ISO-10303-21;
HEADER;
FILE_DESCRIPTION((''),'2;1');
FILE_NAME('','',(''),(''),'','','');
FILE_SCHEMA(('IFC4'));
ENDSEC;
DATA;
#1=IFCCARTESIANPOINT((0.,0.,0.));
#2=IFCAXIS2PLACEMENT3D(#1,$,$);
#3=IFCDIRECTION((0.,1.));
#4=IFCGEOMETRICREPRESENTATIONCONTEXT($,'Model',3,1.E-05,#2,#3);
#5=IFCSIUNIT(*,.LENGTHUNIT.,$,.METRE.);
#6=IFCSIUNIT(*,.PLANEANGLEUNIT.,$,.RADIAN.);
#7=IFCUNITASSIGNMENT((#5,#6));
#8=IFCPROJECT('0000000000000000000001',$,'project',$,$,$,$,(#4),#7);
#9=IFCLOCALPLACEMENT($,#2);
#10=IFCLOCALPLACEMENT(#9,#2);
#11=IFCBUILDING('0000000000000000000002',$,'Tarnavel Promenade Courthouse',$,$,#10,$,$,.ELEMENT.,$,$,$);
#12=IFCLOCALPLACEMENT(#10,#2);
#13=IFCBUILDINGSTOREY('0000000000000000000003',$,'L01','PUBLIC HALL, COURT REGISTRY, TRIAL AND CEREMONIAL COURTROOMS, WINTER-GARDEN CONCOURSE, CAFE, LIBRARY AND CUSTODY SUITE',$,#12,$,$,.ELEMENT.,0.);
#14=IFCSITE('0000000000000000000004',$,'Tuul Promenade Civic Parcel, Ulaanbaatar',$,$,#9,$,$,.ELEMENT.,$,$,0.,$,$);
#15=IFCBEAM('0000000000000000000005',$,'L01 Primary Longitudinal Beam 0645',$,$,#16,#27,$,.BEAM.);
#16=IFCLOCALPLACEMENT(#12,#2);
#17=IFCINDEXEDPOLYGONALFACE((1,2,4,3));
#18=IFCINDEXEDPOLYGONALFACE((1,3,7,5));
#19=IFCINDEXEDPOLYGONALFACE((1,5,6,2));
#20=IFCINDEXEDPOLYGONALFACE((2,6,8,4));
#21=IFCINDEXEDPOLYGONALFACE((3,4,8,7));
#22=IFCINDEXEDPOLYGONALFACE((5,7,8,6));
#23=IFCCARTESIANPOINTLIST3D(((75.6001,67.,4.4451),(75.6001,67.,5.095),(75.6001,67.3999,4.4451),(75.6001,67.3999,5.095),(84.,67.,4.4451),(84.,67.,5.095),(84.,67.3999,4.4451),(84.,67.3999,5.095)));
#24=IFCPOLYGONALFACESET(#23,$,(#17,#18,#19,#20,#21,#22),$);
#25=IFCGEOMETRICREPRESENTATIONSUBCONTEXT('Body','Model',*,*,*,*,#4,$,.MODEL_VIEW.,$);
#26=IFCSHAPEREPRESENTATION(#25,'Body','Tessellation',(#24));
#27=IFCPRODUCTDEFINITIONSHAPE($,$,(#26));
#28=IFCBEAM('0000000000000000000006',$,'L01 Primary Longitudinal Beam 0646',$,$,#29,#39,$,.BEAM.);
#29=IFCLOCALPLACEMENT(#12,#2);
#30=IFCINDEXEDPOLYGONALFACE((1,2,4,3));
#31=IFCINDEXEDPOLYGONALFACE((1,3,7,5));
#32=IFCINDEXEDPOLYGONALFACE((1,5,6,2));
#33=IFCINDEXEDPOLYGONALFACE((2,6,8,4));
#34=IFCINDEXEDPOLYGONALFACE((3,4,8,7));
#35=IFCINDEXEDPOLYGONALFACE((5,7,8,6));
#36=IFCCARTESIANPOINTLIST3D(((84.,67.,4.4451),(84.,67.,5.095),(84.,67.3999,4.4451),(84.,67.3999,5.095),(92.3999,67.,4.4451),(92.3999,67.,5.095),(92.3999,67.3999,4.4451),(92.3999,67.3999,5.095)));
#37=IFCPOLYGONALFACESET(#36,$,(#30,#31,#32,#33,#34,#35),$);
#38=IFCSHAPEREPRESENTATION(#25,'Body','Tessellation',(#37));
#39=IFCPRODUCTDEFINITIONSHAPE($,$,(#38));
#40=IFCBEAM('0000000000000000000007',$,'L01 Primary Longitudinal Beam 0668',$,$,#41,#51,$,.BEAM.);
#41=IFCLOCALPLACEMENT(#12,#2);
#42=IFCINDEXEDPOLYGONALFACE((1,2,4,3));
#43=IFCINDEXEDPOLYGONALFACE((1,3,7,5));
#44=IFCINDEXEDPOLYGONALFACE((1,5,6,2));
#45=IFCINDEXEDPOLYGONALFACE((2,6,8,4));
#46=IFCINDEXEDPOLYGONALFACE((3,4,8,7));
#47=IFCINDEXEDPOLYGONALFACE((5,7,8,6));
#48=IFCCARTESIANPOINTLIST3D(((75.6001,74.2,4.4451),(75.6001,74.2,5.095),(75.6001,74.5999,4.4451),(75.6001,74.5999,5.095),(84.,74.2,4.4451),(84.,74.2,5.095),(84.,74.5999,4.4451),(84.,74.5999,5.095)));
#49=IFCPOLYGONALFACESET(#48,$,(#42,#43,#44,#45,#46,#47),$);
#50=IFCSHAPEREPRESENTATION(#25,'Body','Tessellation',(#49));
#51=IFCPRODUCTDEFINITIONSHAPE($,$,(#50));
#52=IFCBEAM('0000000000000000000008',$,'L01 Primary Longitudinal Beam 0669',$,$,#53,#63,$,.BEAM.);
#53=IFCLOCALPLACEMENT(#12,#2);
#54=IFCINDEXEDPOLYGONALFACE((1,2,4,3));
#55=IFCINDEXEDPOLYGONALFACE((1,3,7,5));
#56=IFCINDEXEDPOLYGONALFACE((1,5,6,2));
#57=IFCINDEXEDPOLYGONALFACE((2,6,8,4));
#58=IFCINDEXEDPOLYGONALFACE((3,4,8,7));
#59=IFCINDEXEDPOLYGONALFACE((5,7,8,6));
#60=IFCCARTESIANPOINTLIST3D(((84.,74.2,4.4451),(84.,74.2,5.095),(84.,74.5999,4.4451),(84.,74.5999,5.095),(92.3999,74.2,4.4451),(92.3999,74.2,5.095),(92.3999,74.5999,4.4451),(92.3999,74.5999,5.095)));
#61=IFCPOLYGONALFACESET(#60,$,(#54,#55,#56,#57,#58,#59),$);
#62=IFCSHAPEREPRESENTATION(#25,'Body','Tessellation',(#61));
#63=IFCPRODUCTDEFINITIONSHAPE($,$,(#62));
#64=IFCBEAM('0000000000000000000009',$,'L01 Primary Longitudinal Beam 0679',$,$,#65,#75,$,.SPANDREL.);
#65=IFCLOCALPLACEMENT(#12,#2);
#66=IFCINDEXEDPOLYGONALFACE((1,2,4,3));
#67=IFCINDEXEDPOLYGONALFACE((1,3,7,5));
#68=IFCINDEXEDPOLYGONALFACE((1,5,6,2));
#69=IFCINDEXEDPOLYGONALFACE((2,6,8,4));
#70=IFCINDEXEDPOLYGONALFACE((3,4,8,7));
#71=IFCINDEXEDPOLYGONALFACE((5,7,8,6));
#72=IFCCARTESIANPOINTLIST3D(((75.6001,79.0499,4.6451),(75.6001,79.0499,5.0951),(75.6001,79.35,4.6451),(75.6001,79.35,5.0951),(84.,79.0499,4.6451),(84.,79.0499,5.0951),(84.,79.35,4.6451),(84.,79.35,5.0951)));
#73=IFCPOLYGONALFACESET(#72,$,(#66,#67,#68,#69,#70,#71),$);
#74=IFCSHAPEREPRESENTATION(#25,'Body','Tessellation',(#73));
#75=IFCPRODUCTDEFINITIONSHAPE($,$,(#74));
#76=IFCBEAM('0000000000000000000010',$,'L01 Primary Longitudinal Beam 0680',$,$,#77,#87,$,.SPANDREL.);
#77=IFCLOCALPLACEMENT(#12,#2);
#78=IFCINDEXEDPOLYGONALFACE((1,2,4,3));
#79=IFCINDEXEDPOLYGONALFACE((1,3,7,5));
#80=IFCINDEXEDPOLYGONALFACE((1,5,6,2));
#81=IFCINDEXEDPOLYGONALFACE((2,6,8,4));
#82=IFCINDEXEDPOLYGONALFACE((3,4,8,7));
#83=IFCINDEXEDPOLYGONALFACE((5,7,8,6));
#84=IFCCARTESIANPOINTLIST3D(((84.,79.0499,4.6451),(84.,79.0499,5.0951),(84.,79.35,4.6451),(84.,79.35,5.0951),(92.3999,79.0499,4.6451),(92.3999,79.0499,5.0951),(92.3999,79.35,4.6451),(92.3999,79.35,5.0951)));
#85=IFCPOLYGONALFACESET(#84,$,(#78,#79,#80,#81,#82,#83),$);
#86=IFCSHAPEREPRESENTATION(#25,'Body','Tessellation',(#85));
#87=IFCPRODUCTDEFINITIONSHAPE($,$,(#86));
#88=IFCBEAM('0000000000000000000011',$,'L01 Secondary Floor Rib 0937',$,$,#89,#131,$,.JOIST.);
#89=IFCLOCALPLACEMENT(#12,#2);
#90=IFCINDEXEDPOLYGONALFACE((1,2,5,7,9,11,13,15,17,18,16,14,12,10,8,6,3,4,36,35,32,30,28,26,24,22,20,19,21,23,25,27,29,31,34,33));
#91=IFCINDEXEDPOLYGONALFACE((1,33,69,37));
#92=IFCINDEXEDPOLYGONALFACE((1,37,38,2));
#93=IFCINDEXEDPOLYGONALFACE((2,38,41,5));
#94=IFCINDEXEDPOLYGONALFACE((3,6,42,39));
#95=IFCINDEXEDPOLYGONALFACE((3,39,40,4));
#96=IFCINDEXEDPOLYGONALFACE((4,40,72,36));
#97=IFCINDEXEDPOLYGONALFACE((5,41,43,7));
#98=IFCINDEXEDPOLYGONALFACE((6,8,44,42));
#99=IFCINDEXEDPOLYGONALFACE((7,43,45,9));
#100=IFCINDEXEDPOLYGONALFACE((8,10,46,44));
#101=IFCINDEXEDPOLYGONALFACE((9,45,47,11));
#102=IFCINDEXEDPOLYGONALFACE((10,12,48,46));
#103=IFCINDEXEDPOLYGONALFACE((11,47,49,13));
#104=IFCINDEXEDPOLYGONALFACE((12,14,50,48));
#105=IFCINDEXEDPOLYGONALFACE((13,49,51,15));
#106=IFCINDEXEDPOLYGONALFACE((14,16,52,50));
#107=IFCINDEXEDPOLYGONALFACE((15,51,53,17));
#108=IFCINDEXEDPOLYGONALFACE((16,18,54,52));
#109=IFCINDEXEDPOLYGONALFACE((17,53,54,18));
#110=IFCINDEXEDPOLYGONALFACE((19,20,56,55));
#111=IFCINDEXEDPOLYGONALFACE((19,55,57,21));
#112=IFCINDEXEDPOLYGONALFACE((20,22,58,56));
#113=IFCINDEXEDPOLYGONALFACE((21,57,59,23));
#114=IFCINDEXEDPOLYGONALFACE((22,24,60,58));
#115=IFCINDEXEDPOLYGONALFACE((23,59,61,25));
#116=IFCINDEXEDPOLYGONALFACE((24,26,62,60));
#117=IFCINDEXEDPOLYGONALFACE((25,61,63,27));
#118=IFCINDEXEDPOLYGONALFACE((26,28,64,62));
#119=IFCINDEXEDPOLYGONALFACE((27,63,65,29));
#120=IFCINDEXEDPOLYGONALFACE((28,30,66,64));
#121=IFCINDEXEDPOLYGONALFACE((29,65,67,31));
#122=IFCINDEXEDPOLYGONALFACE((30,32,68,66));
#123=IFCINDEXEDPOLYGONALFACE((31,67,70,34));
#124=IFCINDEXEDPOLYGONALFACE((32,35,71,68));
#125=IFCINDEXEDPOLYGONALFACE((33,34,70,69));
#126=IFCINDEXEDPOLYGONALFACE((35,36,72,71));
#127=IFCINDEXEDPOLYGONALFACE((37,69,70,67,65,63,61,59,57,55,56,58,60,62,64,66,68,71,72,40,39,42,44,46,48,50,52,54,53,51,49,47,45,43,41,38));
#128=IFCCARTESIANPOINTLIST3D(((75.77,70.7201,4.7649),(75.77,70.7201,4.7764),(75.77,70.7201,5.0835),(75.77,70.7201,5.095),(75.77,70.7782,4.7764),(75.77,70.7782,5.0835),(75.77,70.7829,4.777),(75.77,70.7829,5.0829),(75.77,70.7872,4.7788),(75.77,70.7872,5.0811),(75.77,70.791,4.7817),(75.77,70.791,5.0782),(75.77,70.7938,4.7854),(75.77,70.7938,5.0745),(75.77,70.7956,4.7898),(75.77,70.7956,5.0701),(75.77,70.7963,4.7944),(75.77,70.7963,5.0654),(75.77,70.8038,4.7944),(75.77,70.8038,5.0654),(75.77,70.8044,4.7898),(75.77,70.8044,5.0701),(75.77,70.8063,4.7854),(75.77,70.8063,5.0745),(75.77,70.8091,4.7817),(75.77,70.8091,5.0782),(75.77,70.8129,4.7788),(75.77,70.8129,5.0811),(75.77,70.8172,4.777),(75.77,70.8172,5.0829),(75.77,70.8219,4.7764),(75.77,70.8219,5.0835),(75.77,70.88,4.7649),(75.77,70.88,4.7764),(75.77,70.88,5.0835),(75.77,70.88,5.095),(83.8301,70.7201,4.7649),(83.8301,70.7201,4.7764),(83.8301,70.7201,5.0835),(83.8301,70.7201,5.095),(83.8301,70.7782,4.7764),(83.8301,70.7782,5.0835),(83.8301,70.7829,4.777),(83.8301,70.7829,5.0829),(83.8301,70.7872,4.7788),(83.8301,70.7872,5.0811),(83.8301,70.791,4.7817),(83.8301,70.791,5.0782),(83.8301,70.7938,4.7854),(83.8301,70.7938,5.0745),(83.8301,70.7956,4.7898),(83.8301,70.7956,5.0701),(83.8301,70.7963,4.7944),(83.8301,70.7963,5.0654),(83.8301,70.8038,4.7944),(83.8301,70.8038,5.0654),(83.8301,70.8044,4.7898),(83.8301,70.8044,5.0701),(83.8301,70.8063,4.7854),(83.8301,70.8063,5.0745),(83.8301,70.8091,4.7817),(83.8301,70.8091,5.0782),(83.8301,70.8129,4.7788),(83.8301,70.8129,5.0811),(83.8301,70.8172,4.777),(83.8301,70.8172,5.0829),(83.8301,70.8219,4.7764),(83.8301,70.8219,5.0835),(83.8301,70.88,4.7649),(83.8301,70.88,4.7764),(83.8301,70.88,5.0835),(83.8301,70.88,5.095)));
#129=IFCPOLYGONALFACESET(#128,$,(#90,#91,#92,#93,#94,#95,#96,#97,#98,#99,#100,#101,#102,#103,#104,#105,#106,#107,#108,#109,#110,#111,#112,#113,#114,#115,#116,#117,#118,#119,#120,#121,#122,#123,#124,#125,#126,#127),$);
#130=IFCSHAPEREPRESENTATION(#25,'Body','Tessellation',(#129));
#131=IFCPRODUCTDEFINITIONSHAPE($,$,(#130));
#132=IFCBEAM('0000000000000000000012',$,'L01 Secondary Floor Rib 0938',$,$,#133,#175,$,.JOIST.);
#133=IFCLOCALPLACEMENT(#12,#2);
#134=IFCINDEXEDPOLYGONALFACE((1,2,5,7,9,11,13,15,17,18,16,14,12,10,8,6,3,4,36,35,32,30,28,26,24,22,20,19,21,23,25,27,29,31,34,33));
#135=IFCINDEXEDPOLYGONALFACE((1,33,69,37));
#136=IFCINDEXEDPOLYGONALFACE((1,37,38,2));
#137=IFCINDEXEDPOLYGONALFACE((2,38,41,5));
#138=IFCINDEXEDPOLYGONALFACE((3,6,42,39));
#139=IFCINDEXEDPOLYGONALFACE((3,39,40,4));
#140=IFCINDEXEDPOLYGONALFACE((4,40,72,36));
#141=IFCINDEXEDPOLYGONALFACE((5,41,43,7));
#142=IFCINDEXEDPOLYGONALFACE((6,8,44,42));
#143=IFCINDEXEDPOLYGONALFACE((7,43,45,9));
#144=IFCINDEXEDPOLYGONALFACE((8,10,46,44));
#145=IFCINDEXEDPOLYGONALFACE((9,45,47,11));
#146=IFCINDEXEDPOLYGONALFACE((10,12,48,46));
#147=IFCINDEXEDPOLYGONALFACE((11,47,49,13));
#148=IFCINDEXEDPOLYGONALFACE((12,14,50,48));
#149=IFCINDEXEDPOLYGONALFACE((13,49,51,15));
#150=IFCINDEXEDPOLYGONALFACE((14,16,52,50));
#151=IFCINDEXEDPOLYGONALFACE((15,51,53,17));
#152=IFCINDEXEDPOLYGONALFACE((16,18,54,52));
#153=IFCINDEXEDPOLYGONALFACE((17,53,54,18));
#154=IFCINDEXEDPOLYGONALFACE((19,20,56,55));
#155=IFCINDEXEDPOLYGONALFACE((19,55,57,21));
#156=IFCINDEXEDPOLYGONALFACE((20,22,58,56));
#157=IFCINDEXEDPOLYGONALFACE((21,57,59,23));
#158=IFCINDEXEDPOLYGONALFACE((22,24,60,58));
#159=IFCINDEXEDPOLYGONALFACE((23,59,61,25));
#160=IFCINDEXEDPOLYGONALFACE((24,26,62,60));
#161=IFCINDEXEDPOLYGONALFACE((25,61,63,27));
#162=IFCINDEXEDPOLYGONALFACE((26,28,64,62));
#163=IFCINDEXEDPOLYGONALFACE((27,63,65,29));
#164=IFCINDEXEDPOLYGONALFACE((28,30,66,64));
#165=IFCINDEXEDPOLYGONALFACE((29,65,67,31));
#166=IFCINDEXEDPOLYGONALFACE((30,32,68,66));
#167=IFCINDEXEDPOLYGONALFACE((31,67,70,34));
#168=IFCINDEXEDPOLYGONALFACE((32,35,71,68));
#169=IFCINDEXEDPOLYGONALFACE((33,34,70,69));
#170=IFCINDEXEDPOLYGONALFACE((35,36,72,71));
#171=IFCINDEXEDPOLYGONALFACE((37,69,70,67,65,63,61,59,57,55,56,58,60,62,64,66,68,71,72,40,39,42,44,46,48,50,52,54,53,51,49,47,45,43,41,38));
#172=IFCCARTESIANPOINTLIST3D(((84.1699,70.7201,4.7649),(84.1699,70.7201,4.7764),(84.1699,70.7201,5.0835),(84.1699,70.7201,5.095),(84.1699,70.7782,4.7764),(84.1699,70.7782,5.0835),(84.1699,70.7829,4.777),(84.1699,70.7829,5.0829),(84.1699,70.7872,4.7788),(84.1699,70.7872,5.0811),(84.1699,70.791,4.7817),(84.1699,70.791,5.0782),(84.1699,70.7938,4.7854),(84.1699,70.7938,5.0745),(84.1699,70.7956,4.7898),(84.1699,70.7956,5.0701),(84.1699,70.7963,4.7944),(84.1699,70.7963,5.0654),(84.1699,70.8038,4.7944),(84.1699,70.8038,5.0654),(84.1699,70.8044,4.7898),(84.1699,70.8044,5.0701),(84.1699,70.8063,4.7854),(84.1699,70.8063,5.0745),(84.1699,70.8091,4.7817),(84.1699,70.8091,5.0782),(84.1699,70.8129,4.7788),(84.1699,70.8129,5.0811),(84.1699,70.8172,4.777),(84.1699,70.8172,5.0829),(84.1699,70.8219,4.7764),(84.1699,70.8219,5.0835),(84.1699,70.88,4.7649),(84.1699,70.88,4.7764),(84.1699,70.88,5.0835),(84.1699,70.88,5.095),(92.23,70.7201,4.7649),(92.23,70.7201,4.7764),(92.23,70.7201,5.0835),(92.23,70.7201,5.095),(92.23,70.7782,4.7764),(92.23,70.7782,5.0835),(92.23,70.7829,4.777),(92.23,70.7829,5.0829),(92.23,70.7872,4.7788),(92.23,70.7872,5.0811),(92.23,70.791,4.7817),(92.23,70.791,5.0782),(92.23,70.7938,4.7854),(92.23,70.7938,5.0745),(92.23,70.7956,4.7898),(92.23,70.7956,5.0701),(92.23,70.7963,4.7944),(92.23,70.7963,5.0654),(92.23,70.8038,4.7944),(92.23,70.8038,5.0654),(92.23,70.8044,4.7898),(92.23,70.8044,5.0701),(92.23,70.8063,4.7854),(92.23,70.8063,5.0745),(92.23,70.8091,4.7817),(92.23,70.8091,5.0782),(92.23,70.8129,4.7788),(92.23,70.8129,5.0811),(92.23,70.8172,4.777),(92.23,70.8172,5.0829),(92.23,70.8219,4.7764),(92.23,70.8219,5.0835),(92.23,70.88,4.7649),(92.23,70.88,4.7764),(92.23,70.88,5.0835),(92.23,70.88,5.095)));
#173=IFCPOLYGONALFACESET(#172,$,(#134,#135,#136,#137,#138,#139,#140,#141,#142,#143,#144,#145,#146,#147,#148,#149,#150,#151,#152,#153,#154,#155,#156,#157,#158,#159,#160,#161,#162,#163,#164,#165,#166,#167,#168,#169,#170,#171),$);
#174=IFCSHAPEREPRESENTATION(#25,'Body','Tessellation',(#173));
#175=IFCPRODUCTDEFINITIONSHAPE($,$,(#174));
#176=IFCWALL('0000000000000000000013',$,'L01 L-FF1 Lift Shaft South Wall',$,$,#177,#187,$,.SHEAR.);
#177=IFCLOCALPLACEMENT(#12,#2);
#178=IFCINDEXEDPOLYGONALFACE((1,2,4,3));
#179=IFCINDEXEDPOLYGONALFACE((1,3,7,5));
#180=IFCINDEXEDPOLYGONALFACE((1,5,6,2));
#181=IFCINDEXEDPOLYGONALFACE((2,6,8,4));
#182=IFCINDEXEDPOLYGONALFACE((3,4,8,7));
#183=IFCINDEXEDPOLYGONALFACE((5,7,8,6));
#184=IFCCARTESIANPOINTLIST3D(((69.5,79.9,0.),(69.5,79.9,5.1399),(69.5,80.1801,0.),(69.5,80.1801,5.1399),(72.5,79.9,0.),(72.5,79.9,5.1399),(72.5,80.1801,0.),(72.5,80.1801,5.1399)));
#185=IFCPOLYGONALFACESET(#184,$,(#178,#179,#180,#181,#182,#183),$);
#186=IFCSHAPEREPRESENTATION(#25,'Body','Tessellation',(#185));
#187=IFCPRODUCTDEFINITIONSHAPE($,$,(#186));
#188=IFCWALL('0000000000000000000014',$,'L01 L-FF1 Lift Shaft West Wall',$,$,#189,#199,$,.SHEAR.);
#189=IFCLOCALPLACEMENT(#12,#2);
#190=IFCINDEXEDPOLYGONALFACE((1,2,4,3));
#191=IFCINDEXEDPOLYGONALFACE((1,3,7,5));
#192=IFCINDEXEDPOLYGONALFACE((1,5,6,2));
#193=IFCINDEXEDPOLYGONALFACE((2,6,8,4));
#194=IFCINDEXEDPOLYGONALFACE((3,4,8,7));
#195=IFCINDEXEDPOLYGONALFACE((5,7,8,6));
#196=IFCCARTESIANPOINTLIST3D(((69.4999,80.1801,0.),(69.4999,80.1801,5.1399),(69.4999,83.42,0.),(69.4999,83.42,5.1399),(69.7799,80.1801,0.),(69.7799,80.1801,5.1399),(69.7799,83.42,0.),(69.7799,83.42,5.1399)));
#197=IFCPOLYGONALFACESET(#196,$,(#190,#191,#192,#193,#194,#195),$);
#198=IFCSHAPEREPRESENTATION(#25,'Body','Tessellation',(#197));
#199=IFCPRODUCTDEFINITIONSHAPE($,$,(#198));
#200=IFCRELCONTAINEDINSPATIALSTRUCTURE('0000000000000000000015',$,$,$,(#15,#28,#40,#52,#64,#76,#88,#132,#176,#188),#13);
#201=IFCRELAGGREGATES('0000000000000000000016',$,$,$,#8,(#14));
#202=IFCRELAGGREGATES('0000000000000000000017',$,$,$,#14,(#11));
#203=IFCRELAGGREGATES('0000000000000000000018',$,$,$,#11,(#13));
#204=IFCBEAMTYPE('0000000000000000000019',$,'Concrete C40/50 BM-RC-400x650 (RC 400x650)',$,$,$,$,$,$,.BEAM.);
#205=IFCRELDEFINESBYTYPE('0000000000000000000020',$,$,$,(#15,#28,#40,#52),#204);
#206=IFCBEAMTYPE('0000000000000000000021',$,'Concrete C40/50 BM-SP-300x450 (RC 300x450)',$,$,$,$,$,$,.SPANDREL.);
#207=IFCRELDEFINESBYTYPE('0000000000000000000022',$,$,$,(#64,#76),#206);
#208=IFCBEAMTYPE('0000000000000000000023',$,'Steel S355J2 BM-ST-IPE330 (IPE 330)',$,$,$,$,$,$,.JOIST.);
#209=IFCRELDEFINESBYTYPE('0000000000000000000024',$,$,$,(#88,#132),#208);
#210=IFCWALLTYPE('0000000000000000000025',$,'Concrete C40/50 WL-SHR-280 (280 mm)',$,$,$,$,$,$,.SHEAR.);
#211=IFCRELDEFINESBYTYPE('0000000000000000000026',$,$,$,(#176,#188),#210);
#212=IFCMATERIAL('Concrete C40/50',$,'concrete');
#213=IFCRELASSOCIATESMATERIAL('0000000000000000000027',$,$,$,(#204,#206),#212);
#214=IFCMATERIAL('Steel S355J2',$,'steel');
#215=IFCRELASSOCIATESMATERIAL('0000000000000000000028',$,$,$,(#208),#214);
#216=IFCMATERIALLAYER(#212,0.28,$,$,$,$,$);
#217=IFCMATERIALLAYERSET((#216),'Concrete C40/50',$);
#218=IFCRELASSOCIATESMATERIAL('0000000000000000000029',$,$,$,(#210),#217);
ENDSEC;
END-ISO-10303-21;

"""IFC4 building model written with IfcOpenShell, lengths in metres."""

from ifc_helpers import new_model, si_unit, direction, frame, frame_2d, origin, origin_2d, place, context, subcontext, project, spatial, rectangle, i_section, extrude, material, layer, layer_set, material_profile, profile_set, type_object, element, save


model = new_model("IFC4")

# Units and contexts
model_context = context("Model", 3, precision=1e-05, world=origin(), true_north=direction((0.0, 1.0)))
body_context = subcontext(model_context, "Body", "Model", "MODEL_VIEW")
ifc_project = project(units=[si_unit("LENGTHUNIT", "METRE"), si_unit("PLANEANGLEUNIT", "RADIAN")], contexts=[model_context])

# Site, building, storey
site_placement = place(None, origin())
site = spatial("IfcSite", under=ifc_project, at=site_placement, Name="Tuul Promenade Civic Parcel, Ulaanbaatar", CompositionType="ELEMENT", RefElevation=0.0)
building_placement = place(site_placement, origin())
building = spatial("IfcBuilding", under=site, at=building_placement, Name="Tarnavel Promenade Courthouse", CompositionType="ELEMENT")
storey_placement = place(building_placement, origin())
storey = spatial("IfcBuildingStorey", under=building, at=storey_placement, Name="L01", Description="PUBLIC HALL, COURT REGISTRY, TRIAL AND CEREMONIAL COURTROOMS, WINTER-GARDEN CONCOURSE, CAFE, LIBRARY AND CUSTODY SUITE", CompositionType="ELEMENT", Elevation=0.0)

# Shared definitions
ifc_material_1 = material(Name="Concrete C40/50", Category="concrete")

# Beams
ifc_material_profile_1 = material_profile(ifc_material_1, rectangle(XDim=0.3999, YDim=0.6499, at=origin_2d()), Name="RC 400x650")
ifc_profile_set_1 = profile_set([ifc_material_profile_1], Name="Concrete C40/50")
beam_type_1 = type_object("IfcBeamType", Name="Concrete C40/50 BM-RC-400x650 (RC 400x650)", PredefinedType="BEAM", material=ifc_profile_set_1)
for number, where, z_axis, x_axis, name in (
    (1, (75.6001, 67.2, 4.77), (1.0, 0.0, 0.0), (0.0, 1.0, 0.0), "L01 Primary Longitudinal Beam 0645"),
    (2, (84.0, 67.2, 4.77), (1.0, 0.0, 0.0), (0.0, 1.0, 0.0), "L01 Primary Longitudinal Beam 0646"),
    (3, (75.6001, 74.3999, 4.77), (1.0, 0.0, 0.0), (0.0, 1.0, 0.0), "L01 Primary Longitudinal Beam 0668"),
    (4, (84.0, 74.3999, 4.77), (1.0, 0.0, 0.0), (0.0, 1.0, 0.0), "L01 Primary Longitudinal Beam 0669"),
):
    element("IfcBeam", number, at=place(storey_placement, frame(where, z_axis=z_axis, x_axis=x_axis)), inside=storey, type_object=beam_type_1, Name=name, PredefinedType="BEAM", context=body_context, shape_type="SweptSolid", body=[
        extrude(rectangle(XDim=0.3999, YDim=0.6499, at=origin_2d()), origin(), (0.0, 0.0, 1.0), 8.3999),
    ])
ifc_material_profile_2 = material_profile(ifc_material_1, rectangle(XDim=0.3, YDim=0.45, at=origin_2d()), Name="RC 300x450")
ifc_profile_set_2 = profile_set([ifc_material_profile_2], Name="Concrete C40/50")
beam_type_2 = type_object("IfcBeamType", Name="Concrete C40/50 BM-SP-300x450 (RC 300x450)", PredefinedType="SPANDREL", material=ifc_profile_set_2)
for number, where, z_axis, x_axis, name in (
    (5, (75.6001, 79.2, 4.8701), (1.0, 0.0, 0.0), (0.0, 1.0, 0.0), "L01 Primary Longitudinal Beam 0679"),
    (6, (84.0, 79.2, 4.8701), (1.0, 0.0, 0.0), (0.0, 1.0, 0.0), "L01 Primary Longitudinal Beam 0680"),
):
    element("IfcBeam", number, at=place(storey_placement, frame(where, z_axis=z_axis, x_axis=x_axis)), inside=storey, type_object=beam_type_2, Name=name, PredefinedType="SPANDREL", context=body_context, shape_type="SweptSolid", body=[
        extrude(rectangle(XDim=0.3, YDim=0.45, at=origin_2d()), origin(), (0.0, 0.0, 1.0), 8.3999),
    ])
ifc_material_2 = material(Name="Steel S355J2", Category="steel")
ifc_material_profile_3 = material_profile(ifc_material_2, i_section(OverallWidth=0.1599, OverallDepth=0.3301, WebThickness=0.0076, FlangeThickness=0.0115, FilletRadius=0.0181, at=origin_2d()), Name="IPE 330")
ifc_profile_set_3 = profile_set([ifc_material_profile_3], Name="Steel S355J2")
beam_type_3 = type_object("IfcBeamType", Name="Steel S355J2 BM-ST-IPE330 (IPE 330)", PredefinedType="JOIST", material=ifc_profile_set_3)
for number, where, z_axis, x_axis, name in (
    (7, (75.77, 70.8, 4.9299), (1.0, 0.0, 0.0), (0.0, 1.0, 0.0), "L01 Secondary Floor Rib 0937"),
    (8, (84.1699, 70.8, 4.9299), (1.0, 0.0, 0.0), (0.0, 1.0, 0.0), "L01 Secondary Floor Rib 0938"),
):
    element("IfcBeam", number, at=place(storey_placement, frame(where, z_axis=z_axis, x_axis=x_axis)), inside=storey, type_object=beam_type_3, Name=name, PredefinedType="JOIST", context=body_context, shape_type="SweptSolid", body=[
        extrude(i_section(OverallWidth=0.1599, OverallDepth=0.3301, WebThickness=0.0076, FlangeThickness=0.0115, FilletRadius=0.0181, at=origin_2d()), origin(), (0.0, 0.0, 1.0), 8.0601),
    ])

# Walls
ifc_layer_1 = layer(ifc_material_1, 0.28)
ifc_layer_set_1 = layer_set([ifc_layer_1], Name="Concrete C40/50")
wall_type_1 = type_object("IfcWallType", Name="Concrete C40/50 WL-SHR-280 (280 mm)", PredefinedType="SHEAR", material=ifc_layer_set_1)
wall_1_placement = place(storey_placement, frame((72.5, 80.04, 0.0), z_axis=(0.0, 0.0, 1.0), x_axis=(-1.0, 0.0, 0.0)))
element("IfcWall", 9, at=wall_1_placement, inside=storey, type_object=wall_type_1, Name="L01 L-FF1 Lift Shaft South Wall", PredefinedType="SHEAR", context=body_context, shape_type="SweptSolid", body=[
    extrude(rectangle(XDim=3.0, YDim=0.28, at=frame_2d((1.5, 0.0))), origin(), (0.0, 0.0, 1.0), 5.1399),
])
for number, where, z_axis, x_axis, name in (
    (10, (69.6399, 80.1799, 0.0), (0.0, 0.0, 1.0), (0.0, 1.0, 0.0), "L01 L-FF1 Lift Shaft West Wall"),
):
    element("IfcWall", number, at=place(storey_placement, frame(where, z_axis=z_axis, x_axis=x_axis)), inside=storey, type_object=wall_type_1, Name=name, PredefinedType="SHEAR", context=body_context, shape_type="SweptSolid", body=[
        extrude(rectangle(XDim=3.24, YDim=0.28, at=frame_2d((1.6201, 0.0))), origin(), (0.0, 0.0, 1.0), 5.1399),
    ])

save(model, "model.ifc")
